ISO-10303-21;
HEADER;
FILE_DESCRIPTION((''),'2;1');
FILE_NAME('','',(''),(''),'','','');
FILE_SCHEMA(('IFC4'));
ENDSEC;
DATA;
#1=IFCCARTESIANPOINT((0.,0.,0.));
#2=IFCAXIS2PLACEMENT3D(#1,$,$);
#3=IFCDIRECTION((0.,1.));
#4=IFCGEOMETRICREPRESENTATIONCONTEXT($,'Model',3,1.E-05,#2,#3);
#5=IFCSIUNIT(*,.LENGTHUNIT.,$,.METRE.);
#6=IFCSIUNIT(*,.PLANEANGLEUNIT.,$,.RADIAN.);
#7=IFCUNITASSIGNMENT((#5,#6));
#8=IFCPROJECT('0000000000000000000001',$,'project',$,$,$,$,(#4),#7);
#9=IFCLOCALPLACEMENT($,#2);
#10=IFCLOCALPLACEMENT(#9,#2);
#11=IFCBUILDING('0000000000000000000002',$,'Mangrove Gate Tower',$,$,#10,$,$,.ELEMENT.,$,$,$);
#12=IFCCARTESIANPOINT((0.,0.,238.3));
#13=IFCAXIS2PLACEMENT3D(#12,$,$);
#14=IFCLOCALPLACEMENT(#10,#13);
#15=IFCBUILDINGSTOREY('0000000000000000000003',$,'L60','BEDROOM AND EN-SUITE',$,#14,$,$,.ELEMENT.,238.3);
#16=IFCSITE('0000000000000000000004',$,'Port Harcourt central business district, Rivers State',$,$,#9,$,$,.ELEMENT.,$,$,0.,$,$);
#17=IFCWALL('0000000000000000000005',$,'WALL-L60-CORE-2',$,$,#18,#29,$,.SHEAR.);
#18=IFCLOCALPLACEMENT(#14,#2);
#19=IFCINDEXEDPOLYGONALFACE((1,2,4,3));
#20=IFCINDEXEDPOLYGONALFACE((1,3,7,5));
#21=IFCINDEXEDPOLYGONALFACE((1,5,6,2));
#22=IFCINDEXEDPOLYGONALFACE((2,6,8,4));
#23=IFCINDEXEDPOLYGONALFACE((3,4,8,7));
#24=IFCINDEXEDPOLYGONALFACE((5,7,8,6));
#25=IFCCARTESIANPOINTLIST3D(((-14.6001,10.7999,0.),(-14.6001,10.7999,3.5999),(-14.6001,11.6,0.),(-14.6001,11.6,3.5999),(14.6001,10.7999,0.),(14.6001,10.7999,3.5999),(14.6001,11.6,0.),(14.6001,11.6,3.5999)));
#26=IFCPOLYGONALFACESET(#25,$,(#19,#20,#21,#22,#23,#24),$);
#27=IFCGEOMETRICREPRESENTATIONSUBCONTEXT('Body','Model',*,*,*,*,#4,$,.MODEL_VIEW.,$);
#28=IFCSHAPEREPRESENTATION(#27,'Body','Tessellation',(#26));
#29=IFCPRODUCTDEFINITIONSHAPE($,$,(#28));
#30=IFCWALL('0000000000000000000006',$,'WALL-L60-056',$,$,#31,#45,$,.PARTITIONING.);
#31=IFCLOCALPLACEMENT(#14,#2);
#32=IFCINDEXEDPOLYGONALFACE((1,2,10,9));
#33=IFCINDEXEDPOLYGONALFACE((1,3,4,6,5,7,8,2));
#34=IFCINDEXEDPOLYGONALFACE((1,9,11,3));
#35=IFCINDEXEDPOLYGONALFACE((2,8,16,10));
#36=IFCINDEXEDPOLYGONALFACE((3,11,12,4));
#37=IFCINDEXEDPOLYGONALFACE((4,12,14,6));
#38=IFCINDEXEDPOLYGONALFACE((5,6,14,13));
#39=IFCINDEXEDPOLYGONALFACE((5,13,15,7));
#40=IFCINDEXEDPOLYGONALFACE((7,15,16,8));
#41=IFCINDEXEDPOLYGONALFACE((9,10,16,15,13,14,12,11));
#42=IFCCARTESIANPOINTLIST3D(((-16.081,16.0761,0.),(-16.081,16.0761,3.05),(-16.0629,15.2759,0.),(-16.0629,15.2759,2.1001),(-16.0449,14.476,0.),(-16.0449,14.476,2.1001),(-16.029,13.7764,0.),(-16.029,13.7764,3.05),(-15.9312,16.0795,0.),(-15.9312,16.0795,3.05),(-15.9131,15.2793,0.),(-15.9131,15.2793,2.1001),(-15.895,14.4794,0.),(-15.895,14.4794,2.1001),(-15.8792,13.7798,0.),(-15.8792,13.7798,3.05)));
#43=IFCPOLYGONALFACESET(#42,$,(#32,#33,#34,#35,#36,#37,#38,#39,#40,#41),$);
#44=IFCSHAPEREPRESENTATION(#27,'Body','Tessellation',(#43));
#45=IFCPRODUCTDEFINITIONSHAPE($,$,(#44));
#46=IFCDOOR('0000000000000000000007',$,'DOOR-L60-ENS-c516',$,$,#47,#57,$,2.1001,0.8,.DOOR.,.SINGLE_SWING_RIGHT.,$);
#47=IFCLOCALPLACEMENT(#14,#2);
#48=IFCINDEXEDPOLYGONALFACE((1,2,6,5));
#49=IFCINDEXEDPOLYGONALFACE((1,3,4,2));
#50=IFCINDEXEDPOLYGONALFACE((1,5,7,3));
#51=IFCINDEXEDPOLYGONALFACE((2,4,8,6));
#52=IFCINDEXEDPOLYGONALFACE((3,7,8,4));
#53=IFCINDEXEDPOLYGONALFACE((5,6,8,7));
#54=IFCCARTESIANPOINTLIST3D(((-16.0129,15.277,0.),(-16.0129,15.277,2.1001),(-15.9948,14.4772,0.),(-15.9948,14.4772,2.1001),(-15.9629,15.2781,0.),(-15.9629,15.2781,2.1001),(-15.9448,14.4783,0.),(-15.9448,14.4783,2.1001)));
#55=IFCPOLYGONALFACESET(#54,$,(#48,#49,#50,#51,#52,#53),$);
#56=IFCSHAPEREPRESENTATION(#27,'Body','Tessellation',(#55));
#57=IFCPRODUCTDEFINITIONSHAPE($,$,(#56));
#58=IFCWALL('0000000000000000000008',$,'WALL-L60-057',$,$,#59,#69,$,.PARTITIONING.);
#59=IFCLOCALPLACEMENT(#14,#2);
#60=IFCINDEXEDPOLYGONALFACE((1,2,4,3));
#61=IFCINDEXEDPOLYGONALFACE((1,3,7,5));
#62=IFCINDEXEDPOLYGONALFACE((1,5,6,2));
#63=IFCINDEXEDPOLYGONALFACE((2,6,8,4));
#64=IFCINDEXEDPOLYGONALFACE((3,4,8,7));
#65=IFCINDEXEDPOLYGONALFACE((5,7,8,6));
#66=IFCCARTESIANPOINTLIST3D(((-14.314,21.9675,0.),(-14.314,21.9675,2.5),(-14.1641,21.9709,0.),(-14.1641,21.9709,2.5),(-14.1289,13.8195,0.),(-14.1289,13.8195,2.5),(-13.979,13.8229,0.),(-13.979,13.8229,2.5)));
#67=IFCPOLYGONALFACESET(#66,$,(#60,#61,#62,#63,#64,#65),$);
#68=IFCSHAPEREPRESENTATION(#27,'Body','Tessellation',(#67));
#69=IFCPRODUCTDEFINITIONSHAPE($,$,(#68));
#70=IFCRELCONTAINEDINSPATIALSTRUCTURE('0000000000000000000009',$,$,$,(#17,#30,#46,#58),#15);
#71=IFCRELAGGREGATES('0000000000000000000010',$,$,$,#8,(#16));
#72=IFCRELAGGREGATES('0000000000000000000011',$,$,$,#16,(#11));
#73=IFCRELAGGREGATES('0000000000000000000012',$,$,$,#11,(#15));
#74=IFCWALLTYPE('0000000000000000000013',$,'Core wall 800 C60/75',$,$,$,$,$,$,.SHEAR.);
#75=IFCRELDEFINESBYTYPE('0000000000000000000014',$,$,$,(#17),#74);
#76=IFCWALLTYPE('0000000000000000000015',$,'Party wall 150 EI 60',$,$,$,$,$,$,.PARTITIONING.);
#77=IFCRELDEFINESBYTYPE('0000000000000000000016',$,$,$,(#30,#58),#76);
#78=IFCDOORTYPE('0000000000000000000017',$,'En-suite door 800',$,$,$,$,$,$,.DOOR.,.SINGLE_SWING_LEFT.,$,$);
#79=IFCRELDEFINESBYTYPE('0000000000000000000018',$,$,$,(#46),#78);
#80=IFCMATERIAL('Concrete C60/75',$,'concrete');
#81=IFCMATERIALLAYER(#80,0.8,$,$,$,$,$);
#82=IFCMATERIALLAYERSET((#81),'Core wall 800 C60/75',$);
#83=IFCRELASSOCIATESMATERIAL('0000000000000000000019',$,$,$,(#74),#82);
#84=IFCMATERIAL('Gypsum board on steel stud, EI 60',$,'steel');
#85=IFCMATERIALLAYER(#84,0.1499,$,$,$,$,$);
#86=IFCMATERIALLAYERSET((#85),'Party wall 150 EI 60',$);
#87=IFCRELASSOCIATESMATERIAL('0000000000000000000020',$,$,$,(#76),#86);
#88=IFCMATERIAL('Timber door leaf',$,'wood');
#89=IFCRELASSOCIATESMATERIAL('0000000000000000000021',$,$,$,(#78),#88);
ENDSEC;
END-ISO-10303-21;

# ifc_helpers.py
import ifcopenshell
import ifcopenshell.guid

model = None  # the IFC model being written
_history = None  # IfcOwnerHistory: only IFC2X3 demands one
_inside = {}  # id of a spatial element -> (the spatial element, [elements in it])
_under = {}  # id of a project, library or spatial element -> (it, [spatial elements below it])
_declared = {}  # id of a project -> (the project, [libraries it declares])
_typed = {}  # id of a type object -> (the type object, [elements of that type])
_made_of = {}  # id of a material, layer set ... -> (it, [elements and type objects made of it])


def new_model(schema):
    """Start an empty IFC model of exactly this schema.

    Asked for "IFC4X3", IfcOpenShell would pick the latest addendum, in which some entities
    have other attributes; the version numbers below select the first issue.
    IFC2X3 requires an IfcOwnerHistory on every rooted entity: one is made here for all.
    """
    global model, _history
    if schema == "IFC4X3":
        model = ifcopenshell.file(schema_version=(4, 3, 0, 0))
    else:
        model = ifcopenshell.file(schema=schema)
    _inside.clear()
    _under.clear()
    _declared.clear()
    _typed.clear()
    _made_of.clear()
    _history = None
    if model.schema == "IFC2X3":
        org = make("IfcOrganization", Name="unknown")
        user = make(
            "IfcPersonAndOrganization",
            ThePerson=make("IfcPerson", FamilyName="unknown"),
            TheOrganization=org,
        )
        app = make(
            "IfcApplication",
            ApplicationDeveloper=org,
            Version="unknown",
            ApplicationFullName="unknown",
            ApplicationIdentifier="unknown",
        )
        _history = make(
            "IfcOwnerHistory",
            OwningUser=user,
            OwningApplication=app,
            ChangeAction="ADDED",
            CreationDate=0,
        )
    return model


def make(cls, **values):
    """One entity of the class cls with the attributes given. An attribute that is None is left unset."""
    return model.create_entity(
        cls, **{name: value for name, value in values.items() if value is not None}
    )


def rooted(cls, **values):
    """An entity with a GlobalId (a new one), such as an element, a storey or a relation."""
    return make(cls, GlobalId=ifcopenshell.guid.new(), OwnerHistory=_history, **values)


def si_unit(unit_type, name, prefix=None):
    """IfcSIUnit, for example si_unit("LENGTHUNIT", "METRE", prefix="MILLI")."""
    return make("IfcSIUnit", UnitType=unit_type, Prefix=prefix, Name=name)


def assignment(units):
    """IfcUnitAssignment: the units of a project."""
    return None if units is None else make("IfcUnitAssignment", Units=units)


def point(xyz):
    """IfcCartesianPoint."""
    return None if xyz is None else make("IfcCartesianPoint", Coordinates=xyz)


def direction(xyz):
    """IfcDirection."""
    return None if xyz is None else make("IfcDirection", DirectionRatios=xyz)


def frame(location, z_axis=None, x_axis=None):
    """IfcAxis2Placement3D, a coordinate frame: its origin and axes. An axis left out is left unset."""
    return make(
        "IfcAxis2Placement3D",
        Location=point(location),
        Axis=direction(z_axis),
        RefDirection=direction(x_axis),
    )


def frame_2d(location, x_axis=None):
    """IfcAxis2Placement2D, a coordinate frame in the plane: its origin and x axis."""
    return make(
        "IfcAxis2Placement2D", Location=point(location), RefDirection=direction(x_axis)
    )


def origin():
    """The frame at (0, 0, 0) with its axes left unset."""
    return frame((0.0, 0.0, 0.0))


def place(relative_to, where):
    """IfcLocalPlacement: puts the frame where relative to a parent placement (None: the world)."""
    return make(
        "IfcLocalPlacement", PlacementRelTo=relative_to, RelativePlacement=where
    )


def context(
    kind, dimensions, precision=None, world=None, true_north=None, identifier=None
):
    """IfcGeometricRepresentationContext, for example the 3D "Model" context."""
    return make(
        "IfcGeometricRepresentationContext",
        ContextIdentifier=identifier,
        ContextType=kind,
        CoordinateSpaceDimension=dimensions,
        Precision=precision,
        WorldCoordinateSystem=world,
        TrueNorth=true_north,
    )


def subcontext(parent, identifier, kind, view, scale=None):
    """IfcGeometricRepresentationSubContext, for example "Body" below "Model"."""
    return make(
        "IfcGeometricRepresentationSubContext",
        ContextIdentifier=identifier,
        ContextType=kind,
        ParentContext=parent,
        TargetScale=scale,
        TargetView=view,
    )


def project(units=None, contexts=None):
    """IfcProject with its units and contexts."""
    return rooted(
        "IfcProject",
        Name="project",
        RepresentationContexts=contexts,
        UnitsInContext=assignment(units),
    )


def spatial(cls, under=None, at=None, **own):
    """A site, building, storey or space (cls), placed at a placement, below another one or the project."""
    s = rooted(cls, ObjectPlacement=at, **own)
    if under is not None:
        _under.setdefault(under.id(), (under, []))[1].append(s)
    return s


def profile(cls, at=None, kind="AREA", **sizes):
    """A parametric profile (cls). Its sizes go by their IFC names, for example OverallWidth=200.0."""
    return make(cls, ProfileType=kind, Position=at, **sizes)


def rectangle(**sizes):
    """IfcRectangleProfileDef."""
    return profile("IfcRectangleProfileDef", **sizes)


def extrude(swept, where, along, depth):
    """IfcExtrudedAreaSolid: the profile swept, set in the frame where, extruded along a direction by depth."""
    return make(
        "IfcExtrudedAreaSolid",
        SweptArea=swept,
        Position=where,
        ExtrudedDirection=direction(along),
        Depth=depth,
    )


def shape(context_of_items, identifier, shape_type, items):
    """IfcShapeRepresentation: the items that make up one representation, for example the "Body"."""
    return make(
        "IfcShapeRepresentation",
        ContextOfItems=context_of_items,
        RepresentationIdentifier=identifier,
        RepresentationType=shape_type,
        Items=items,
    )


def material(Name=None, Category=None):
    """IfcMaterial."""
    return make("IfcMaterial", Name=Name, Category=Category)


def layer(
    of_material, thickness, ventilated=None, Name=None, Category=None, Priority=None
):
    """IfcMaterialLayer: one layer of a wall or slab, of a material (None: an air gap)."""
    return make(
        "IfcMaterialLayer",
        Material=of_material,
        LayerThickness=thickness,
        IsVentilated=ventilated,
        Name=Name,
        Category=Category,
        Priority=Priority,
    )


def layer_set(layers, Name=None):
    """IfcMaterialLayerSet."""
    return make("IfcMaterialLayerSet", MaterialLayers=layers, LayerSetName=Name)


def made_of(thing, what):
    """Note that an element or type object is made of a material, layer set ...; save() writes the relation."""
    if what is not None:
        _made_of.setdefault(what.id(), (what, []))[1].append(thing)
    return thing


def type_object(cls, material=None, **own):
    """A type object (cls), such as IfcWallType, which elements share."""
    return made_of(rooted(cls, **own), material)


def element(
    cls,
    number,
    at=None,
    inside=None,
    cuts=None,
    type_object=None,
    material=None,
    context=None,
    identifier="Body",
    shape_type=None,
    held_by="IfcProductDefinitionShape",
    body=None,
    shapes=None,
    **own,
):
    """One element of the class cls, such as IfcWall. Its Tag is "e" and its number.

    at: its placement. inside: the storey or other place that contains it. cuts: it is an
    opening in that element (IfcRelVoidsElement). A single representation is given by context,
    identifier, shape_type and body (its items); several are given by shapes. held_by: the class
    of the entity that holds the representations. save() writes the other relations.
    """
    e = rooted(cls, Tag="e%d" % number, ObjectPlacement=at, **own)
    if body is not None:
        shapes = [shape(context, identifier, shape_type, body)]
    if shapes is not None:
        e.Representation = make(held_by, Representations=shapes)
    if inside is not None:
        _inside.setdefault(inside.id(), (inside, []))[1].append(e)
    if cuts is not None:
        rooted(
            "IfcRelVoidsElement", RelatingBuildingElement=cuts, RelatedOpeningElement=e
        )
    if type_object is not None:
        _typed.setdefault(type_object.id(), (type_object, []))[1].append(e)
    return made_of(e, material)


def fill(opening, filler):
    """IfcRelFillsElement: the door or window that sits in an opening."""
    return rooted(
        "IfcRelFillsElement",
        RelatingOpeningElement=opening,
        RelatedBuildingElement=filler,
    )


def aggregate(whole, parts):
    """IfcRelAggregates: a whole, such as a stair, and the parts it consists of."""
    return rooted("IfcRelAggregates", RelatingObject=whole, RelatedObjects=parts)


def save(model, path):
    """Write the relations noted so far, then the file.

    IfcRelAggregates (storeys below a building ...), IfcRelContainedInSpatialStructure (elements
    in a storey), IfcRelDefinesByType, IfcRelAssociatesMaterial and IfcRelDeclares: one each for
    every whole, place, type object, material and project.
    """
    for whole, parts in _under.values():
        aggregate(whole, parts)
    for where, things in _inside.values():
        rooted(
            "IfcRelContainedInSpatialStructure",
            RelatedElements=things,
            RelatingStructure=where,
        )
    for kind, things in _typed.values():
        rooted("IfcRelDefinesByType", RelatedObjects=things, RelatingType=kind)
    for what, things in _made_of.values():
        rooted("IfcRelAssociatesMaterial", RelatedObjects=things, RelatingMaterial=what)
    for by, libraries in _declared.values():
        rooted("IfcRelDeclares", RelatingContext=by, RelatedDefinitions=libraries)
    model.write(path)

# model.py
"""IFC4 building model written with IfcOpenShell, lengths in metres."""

from ifc_helpers import new_model, si_unit, direction, frame, frame_2d, origin, place, context, subcontext, project, spatial, rectangle, extrude, material, layer, layer_set, type_object, element, fill, save


model = new_model("IFC4")

# Units and contexts
model_context = context("Model", 3, precision=1e-05, world=origin(), true_north=direction((0.0, 1.0)))
body_context = subcontext(model_context, "Body", "Model", "MODEL_VIEW")
ifc_project = project(units=[si_unit("LENGTHUNIT", "METRE"), si_unit("PLANEANGLEUNIT", "RADIAN")], contexts=[model_context])

# Site, building, storey
site_placement = place(None, origin())
site = spatial("IfcSite", under=ifc_project, at=site_placement, Name="Port Harcourt central business district, Rivers State", CompositionType="ELEMENT", RefElevation=0.0)
building_placement = place(site_placement, origin())
building = spatial("IfcBuilding", under=site, at=building_placement, Name="Mangrove Gate Tower", CompositionType="ELEMENT")
storey_placement = place(building_placement, frame((0.0, 0.0, 238.3)))
storey = spatial("IfcBuildingStorey", under=building, at=storey_placement, Name="L60", Description="BEDROOM AND EN-SUITE", CompositionType="ELEMENT", Elevation=238.3)

# Wall
ifc_material_1 = material(Name="Concrete C60/75", Category="concrete")
ifc_layer_1 = layer(ifc_material_1, 0.8)
ifc_layer_set_1 = layer_set([ifc_layer_1], Name="Core wall 800 C60/75")
wall_type_1 = type_object("IfcWallType", Name="Core wall 800 C60/75", PredefinedType="SHEAR", material=ifc_layer_set_1)
wall_1_placement = place(storey_placement, frame((-14.6001, 11.2, 0.0), z_axis=(0.0, 0.0, 1.0), x_axis=(1.0, 0.0, 0.0)))
element("IfcWall", 1, at=wall_1_placement, inside=storey, type_object=wall_type_1, Name="WALL-L60-CORE-2", PredefinedType="SHEAR", context=body_context, shape_type="SweptSolid", body=[
    extrude(rectangle(XDim=29.2002, YDim=0.8, at=frame_2d((14.6001, 0.0))), origin(), (0.0, 0.0, 1.0), 3.5999),
])

# Wall, opening, door
ifc_material_2 = material(Name="Gypsum board on steel stud, EI 60", Category="steel")
ifc_layer_2 = layer(ifc_material_2, 0.1499)
ifc_layer_set_2 = layer_set([ifc_layer_2], Name="Party wall 150 EI 60")
wall_type_2 = type_object("IfcWallType", Name="Party wall 150 EI 60", PredefinedType="PARTITIONING", material=ifc_layer_set_2)
wall_2_placement = place(storey_placement, frame((-15.9541, 13.7781, 0.0), z_axis=(0.0, 0.0, 1.0), x_axis=(-0.022606, 0.999744, 0.0)))
wall_2 = element("IfcWall", 2, at=wall_2_placement, inside=storey, type_object=wall_type_2, Name="WALL-L60-056", PredefinedType="PARTITIONING", context=body_context, shape_type="SweptSolid", body=[
    extrude(rectangle(XDim=2.3003, YDim=0.1499, at=frame_2d((1.1501, 0.0))), origin(), (0.0, 0.0, 1.0), 3.05),
])
opening_1_placement = place(wall_2_placement, frame((0.7, 0.0, 0.0)))
opening_1 = element("IfcOpeningElement", 3, at=opening_1_placement, cuts=wall_2, PredefinedType="OPENING", context=body_context, shape_type="SweptSolid", body=[
    extrude(rectangle(XDim=0.8, YDim=2.1001, at=frame_2d((0.3999, 1.05))), frame((0.0, 0.085, 0.0), z_axis=(0.0, -1.0, 0.0), x_axis=(1.0, 0.0, 0.0)), (0.0, 0.0, 1.0), 0.1699),
])
ifc_material_3 = material(Name="Timber door leaf", Category="wood")
door_type_1 = type_object("IfcDoorType", Name="En-suite door 800", OperationType="SINGLE_SWING_LEFT", PredefinedType="DOOR", material=ifc_material_3)
door_1_placement = place(opening_1_placement, origin())
door_1 = element("IfcDoor", 4, at=door_1_placement, inside=storey, type_object=door_type_1, Name="DOOR-L60-ENS-c516", OperationType="SINGLE_SWING_RIGHT", OverallHeight=2.1001, OverallWidth=0.8, PredefinedType="DOOR", context=body_context, shape_type="SweptSolid", body=[
    extrude(rectangle(XDim=0.8, YDim=2.1001, at=frame_2d((0.3999, 1.05))), frame((0.0, 0.0249, 0.0), z_axis=(0.0, -1.0, 0.0), x_axis=(1.0, 0.0, 0.0)), (0.0, 0.0, 1.0), 0.05),
])
fill(opening_1, door_1)

# Wall
wall_3_placement = place(storey_placement, frame((-14.054, 13.821, 0.0), z_axis=(0.0, 0.0, 1.0), x_axis=(-0.022706, 0.999742, 0.0)))
element("IfcWall", 5, at=wall_3_placement, inside=storey, type_object=wall_type_2, Name="WALL-L60-057", PredefinedType="PARTITIONING", context=body_context, shape_type="SweptSolid", body=[
    extrude(rectangle(XDim=8.1501, YDim=0.1499, at=frame_2d((4.0752, 0.0))), origin(), (0.0, 0.0, 1.0), 2.5),
])

save(model, "model.ifc")
